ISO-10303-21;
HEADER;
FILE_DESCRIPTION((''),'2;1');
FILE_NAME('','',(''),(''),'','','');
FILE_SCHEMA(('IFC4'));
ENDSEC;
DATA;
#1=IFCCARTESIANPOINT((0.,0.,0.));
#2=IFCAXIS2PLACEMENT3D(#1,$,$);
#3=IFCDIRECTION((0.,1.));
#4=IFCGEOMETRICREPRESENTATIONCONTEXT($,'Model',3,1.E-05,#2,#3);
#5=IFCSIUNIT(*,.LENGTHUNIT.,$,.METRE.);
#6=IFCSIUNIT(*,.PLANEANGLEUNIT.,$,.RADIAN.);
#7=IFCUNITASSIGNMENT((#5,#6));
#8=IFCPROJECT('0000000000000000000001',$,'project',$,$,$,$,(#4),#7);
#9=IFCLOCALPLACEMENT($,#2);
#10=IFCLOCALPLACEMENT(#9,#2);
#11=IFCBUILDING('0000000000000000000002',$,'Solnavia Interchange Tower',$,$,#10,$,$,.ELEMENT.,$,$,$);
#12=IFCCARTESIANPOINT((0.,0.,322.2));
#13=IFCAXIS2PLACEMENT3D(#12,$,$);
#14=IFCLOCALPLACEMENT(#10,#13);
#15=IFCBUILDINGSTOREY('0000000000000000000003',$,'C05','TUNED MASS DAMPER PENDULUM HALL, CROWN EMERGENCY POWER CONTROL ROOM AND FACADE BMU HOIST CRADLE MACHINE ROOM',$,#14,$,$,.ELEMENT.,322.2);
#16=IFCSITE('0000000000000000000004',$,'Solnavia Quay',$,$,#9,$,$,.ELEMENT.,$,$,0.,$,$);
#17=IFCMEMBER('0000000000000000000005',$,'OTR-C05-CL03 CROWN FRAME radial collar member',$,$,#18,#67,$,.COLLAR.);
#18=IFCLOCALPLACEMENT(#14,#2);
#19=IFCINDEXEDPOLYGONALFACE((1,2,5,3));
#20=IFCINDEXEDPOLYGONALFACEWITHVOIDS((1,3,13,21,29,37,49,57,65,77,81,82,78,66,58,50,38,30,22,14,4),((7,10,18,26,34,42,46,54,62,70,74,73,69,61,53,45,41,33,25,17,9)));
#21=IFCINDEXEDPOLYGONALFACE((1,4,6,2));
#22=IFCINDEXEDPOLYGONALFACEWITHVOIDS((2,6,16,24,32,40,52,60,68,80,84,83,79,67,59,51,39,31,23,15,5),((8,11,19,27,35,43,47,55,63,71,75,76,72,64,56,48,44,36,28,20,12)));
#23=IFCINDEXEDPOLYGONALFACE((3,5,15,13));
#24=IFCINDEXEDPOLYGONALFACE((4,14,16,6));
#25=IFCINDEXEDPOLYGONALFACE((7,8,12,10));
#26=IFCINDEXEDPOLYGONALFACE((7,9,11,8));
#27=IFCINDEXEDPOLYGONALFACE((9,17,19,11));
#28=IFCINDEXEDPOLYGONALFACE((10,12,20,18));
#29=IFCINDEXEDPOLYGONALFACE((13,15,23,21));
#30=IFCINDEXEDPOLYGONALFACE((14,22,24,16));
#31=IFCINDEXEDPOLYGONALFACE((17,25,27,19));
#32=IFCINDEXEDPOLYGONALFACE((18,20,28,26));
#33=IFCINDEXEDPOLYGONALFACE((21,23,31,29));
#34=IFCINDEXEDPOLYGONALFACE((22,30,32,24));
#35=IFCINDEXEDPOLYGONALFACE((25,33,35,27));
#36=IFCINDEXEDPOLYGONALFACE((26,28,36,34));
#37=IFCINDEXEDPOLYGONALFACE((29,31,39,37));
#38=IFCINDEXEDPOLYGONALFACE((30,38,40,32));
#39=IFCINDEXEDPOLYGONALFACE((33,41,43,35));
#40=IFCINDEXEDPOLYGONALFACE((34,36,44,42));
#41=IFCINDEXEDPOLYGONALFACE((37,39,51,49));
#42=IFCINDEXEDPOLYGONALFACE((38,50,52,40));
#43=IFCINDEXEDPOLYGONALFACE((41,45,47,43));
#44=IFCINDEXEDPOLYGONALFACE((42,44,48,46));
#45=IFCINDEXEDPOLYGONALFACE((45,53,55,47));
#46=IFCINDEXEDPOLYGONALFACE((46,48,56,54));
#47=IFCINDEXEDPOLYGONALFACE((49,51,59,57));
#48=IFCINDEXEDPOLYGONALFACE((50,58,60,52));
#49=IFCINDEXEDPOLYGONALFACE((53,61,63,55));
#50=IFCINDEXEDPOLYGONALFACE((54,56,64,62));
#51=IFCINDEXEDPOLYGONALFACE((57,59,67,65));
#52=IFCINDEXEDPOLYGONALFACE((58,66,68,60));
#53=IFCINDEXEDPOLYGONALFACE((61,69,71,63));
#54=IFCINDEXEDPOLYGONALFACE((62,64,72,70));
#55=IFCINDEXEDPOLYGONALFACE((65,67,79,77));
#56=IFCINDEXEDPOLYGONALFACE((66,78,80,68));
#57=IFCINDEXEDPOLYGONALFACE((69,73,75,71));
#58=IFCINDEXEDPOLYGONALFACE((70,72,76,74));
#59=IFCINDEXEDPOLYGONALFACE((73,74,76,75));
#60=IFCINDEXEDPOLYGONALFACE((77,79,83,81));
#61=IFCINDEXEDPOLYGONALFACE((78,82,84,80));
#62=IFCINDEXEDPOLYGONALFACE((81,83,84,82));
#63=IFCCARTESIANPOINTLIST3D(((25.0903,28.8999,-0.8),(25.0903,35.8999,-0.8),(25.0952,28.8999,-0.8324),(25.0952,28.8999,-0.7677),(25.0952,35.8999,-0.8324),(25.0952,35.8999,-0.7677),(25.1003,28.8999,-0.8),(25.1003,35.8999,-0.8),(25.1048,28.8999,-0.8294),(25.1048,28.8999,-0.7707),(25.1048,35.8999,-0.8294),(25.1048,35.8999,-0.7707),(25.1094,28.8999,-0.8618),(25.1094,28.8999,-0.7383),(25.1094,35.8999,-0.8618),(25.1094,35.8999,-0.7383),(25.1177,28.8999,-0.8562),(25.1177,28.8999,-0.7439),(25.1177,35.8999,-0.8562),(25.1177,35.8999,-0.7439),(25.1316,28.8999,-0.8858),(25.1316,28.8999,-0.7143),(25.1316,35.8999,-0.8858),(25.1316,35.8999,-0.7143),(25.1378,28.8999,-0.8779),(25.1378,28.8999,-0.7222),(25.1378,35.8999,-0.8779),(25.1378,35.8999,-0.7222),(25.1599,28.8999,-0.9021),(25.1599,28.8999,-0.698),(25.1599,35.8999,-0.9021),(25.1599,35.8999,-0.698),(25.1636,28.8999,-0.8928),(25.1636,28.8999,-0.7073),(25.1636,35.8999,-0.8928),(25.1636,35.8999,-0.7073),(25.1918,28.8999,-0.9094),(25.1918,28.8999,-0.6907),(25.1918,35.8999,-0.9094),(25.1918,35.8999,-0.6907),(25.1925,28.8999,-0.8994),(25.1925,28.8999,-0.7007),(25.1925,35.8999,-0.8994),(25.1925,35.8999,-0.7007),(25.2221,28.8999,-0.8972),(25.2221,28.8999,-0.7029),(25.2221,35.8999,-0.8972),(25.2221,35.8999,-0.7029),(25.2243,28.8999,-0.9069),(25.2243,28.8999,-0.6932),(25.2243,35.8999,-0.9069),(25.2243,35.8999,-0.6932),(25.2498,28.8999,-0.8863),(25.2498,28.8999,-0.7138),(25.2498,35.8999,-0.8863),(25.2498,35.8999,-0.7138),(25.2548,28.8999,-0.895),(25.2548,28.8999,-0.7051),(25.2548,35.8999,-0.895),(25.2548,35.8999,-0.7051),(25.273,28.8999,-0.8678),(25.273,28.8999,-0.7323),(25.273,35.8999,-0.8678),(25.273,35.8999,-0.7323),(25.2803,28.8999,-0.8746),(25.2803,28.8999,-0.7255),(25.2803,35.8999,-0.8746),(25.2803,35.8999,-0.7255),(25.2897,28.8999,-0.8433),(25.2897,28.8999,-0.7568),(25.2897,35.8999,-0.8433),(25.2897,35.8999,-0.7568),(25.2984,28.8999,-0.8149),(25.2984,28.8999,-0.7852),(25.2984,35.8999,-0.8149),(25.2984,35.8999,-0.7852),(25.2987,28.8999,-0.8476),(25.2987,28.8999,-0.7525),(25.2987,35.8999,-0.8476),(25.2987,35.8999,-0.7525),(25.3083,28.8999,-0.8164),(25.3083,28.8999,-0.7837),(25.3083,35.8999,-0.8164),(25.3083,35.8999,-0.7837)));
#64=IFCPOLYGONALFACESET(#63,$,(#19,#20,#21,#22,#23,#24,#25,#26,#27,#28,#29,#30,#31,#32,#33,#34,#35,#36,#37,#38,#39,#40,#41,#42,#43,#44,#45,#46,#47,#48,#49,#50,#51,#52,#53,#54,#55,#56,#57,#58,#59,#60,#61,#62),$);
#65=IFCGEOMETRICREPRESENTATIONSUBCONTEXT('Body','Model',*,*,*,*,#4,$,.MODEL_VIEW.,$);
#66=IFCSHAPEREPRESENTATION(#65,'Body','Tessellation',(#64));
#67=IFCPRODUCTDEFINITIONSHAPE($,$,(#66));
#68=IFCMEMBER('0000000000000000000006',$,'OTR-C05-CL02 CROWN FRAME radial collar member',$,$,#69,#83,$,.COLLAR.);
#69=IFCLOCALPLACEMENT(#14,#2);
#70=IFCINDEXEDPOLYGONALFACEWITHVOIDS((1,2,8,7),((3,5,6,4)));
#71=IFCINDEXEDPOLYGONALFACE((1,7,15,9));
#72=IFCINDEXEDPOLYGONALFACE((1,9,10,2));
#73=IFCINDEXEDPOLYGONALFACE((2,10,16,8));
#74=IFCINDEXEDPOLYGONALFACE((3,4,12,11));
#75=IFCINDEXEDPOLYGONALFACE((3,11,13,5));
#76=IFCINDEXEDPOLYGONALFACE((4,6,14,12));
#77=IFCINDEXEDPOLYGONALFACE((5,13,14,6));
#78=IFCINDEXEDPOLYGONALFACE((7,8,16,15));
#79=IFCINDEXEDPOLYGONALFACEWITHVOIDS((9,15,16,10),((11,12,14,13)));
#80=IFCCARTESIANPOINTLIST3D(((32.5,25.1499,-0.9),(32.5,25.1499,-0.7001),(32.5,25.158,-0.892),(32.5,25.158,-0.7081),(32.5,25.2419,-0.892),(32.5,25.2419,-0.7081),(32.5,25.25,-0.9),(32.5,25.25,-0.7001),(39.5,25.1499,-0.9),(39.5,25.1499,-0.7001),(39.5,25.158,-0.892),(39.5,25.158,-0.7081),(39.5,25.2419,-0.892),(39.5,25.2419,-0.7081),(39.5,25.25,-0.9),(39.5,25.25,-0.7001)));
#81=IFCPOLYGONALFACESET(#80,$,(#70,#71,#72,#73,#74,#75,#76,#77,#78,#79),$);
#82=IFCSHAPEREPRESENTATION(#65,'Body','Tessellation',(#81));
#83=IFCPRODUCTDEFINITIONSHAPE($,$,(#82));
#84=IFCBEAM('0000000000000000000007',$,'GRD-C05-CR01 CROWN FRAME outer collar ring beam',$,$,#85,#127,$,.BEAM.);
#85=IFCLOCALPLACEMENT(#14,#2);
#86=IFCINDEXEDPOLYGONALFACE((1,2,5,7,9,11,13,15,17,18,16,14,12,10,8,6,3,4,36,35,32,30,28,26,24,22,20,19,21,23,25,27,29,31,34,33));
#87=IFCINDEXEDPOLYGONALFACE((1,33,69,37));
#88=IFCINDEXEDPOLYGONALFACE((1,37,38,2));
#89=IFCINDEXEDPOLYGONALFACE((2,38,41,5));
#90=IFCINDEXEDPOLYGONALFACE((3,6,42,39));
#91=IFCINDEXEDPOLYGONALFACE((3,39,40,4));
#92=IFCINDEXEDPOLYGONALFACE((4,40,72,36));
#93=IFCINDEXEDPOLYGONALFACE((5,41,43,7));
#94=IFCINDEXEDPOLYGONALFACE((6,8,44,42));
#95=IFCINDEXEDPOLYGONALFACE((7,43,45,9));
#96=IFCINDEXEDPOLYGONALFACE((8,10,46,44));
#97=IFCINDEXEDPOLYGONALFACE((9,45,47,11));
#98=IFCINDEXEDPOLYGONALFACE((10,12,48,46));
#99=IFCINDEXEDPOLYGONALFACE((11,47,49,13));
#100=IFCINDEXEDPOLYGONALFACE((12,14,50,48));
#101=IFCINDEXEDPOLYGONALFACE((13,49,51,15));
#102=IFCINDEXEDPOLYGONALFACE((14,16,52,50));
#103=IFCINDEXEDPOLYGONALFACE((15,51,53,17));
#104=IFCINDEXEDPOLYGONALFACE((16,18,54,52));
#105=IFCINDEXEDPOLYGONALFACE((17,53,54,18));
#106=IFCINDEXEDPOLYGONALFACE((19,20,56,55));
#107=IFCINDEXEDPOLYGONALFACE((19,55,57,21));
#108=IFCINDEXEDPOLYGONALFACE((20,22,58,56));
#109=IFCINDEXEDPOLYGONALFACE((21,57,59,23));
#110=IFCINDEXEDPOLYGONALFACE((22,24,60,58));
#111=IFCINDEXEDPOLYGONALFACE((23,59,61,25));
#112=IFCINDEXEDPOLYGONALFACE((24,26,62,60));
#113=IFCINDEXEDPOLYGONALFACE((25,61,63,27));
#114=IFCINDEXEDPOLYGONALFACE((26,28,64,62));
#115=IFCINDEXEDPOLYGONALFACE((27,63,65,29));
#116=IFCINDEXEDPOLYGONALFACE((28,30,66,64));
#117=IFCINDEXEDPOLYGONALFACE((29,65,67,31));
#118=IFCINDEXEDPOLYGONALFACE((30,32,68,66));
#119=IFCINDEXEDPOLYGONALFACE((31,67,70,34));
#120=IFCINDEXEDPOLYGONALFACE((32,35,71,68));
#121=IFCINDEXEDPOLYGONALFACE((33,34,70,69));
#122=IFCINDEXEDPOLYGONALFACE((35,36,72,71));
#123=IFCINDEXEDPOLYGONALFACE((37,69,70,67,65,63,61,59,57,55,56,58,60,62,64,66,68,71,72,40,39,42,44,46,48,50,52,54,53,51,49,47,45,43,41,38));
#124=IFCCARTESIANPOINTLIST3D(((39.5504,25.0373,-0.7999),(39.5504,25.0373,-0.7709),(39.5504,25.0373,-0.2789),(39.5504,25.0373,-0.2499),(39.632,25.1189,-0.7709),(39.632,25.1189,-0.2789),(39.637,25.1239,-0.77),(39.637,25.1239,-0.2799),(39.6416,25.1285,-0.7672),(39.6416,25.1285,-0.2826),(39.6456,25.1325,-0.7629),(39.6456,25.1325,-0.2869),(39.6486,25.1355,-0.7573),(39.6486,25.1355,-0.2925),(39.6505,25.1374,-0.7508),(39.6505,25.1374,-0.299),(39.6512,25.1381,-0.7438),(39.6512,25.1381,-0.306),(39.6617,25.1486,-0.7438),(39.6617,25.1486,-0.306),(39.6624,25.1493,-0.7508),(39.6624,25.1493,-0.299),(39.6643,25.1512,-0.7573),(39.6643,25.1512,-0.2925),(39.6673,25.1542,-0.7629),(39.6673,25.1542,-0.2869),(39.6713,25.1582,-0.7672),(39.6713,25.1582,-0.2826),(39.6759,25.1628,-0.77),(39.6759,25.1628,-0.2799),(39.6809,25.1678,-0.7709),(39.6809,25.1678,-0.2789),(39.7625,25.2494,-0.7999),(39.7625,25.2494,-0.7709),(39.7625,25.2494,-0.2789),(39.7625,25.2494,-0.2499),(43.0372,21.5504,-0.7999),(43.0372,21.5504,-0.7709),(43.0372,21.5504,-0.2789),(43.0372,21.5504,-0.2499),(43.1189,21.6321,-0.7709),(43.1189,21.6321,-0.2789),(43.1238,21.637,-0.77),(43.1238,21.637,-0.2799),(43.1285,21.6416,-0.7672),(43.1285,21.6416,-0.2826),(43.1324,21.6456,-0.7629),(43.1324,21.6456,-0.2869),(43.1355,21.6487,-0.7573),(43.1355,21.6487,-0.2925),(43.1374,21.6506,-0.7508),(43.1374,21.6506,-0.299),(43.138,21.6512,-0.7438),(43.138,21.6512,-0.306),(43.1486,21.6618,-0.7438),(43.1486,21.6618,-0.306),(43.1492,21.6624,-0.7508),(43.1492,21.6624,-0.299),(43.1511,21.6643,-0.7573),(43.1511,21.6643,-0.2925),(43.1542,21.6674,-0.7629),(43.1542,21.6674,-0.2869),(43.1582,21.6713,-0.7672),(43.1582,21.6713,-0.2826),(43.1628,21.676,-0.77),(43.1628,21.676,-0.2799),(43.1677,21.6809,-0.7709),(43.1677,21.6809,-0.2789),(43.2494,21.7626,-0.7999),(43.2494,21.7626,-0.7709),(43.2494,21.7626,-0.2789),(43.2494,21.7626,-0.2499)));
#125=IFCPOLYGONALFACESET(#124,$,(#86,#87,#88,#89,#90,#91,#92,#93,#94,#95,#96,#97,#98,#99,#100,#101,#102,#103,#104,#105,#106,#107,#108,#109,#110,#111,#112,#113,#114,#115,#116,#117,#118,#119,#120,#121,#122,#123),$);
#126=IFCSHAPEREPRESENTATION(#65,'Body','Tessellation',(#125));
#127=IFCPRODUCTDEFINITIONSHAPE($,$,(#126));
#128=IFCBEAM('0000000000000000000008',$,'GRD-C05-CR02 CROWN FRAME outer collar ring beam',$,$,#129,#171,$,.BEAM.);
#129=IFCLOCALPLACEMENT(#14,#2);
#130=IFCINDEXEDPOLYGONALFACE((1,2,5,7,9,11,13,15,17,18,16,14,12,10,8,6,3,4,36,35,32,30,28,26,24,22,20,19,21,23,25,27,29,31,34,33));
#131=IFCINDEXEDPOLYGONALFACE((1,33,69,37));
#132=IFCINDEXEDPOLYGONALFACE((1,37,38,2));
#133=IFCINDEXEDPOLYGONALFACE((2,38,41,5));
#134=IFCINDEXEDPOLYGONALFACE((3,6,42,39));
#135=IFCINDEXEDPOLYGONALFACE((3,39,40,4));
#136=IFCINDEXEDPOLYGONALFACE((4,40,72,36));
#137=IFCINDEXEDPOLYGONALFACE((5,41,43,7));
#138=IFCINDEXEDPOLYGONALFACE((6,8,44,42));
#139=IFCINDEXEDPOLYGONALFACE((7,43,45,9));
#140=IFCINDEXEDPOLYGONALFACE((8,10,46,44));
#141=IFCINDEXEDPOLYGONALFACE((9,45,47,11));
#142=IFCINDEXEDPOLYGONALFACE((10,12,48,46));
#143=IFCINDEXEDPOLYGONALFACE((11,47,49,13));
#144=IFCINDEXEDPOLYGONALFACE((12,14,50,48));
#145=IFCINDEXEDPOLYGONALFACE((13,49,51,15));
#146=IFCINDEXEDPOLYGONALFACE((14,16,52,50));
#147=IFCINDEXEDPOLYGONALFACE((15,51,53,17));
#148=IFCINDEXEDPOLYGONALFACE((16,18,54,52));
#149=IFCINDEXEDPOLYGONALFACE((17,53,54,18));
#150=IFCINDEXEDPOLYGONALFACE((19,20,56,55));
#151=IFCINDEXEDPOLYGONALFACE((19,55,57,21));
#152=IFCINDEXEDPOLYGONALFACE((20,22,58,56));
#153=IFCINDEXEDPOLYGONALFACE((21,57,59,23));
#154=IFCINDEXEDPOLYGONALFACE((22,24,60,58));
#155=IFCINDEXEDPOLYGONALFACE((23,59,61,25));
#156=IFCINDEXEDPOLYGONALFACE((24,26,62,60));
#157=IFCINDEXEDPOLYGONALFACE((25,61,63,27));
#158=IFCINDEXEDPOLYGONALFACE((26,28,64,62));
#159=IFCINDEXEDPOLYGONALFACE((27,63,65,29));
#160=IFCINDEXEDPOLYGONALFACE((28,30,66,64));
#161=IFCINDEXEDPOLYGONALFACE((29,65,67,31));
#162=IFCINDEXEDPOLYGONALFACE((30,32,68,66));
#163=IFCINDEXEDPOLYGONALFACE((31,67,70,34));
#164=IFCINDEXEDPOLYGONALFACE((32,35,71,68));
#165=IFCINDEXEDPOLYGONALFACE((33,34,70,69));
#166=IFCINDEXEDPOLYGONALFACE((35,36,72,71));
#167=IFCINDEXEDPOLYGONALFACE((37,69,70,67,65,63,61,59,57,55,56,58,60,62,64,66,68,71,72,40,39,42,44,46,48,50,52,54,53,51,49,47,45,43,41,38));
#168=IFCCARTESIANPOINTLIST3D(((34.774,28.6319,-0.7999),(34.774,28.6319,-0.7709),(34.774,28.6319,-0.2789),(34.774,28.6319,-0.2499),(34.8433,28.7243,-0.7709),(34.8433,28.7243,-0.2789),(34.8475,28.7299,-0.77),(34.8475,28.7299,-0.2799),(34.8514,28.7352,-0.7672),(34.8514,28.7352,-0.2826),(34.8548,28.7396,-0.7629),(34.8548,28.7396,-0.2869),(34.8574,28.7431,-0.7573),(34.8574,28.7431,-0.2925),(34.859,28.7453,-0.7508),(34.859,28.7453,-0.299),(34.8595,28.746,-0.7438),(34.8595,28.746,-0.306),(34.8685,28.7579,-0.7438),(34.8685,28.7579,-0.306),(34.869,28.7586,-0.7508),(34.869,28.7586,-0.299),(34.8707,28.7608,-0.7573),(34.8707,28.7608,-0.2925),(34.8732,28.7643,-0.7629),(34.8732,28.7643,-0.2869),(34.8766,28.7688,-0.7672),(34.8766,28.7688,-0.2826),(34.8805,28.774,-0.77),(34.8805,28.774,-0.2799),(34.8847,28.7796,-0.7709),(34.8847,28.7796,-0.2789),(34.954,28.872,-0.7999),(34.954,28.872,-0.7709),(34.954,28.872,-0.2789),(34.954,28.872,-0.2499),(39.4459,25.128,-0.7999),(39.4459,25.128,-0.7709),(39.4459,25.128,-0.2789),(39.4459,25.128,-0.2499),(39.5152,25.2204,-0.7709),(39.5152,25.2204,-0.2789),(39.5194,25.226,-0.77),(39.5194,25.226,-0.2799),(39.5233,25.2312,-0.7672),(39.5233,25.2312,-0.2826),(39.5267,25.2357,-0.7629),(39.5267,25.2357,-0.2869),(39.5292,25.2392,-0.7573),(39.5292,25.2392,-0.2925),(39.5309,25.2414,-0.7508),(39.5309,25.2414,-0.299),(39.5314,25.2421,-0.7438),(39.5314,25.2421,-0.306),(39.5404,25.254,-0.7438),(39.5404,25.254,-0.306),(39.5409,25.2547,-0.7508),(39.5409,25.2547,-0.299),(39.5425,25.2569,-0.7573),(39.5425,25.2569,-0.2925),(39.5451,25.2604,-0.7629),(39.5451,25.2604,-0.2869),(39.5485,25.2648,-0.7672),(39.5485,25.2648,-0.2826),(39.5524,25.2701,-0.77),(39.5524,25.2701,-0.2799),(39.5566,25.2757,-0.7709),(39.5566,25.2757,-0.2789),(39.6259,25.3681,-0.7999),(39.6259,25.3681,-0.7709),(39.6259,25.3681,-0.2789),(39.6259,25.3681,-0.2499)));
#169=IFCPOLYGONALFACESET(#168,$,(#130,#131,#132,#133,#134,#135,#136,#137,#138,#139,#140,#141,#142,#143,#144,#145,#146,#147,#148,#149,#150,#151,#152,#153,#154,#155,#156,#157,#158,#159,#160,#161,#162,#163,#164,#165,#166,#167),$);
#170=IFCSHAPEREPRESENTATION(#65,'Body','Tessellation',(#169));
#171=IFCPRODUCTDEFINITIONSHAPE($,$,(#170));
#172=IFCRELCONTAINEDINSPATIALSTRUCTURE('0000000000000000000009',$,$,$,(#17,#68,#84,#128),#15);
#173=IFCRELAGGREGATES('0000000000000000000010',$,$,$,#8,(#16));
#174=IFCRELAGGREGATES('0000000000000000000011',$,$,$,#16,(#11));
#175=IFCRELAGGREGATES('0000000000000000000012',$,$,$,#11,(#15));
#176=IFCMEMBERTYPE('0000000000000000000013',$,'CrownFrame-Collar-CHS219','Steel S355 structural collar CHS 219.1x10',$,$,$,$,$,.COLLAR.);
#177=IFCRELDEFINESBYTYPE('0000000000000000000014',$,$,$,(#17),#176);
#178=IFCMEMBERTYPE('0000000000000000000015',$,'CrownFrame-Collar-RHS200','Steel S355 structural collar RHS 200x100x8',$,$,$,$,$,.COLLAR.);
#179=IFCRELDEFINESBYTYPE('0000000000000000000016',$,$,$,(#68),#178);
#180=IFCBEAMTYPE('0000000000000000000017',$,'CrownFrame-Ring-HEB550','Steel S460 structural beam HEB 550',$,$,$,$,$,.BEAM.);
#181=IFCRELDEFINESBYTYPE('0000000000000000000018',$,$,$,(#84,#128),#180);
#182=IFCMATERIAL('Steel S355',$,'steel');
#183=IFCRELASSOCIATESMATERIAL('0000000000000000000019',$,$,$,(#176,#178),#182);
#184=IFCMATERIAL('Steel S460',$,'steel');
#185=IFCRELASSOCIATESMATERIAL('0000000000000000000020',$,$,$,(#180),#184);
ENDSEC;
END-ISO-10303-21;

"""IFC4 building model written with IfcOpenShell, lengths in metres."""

from ifc_helpers import new_model, si_unit, direction, frame, origin, origin_2d, place, context, subcontext, project, spatial, hollow_rectangle, hollow_circle, i_section, extrude, material, material_profile, profile_set, type_object, element, save


model = new_model("IFC4")

# Units and contexts
model_context = context("Model", 3, precision=1e-05, world=origin(), true_north=direction((0.0, 1.0)))
body_context = subcontext(model_context, "Body", "Model", "MODEL_VIEW")
ifc_project = project(units=[si_unit("LENGTHUNIT", "METRE"), si_unit("PLANEANGLEUNIT", "RADIAN")], contexts=[model_context])

# Site, building, storey
site_placement = place(None, origin())
site = spatial("IfcSite", under=ifc_project, at=site_placement, Name="Solnavia Quay", CompositionType="ELEMENT", RefElevation=0.0)
building_placement = place(site_placement, origin())
building = spatial("IfcBuilding", under=site, at=building_placement, Name="Solnavia Interchange Tower", CompositionType="ELEMENT")
storey_placement = place(building_placement, frame((0.0, 0.0, 322.2)))
storey = spatial("IfcBuildingStorey", under=building, at=storey_placement, Name="C05", Description="TUNED MASS DAMPER PENDULUM HALL, CROWN EMERGENCY POWER CONTROL ROOM AND FACADE BMU HOIST CRADLE MACHINE ROOM", CompositionType="ELEMENT", Elevation=322.2)

# Shared definitions
ifc_material_1 = material(Name="Steel S460", Category="steel")

# Members
ifc_material_2 = material(Name="Steel S355", Category="steel")
ifc_material_profile_1 = material_profile(ifc_material_2, hollow_circle(Radius=0.1096, WallThickness=0.01, at=origin_2d()), Name="CHS 219.1x10")
ifc_profile_set_1 = profile_set([ifc_material_profile_1], Name="Steel S355")
member_type_1 = type_object("IfcMemberType", Name="CrownFrame-Collar-CHS219", Description="Steel S355 structural collar CHS 219.1x10", PredefinedType="COLLAR", material=ifc_profile_set_1)
member_1_placement = place(storey_placement, frame((25.2, 28.8999, -0.8), z_axis=(0.0, 1.0, 0.0), x_axis=(-1.0, 0.0, 0.0)))
element("IfcMember", 1, at=member_1_placement, inside=storey, type_object=member_type_1, Name="OTR-C05-CL03 CROWN FRAME radial collar member", PredefinedType="COLLAR", context=body_context, shape_type="SweptSolid", body=[
    extrude(hollow_circle(Radius=0.1096, WallThickness=0.01, at=origin_2d()), origin(), (0.0, 0.0, 1.0), 7.0),
])
ifc_material_profile_2 = material_profile(ifc_material_2, hollow_rectangle(XDim=0.1001, YDim=0.2, WallThickness=0.0081, at=origin_2d()), Name="RHS 200x100x8")
ifc_profile_set_2 = profile_set([ifc_material_profile_2], Name="Steel S355")
member_type_2 = type_object("IfcMemberType", Name="CrownFrame-Collar-RHS200", Description="Steel S355 structural collar RHS 200x100x8", PredefinedType="COLLAR", material=ifc_profile_set_2)
member_2_placement = place(storey_placement, frame((32.5, 25.2, -0.8), z_axis=(1.0, 0.0, 0.0), x_axis=(0.0, 1.0, 0.0)))
element("IfcMember", 2, at=member_2_placement, inside=storey, type_object=member_type_2, Name="OTR-C05-CL02 CROWN FRAME radial collar member", PredefinedType="COLLAR", context=body_context, shape_type="SweptSolid", body=[
    extrude(hollow_rectangle(XDim=0.1001, YDim=0.2, WallThickness=0.0081, at=origin_2d()), origin(), (0.0, 0.0, 1.0), 7.0),
])

# Beams
ifc_material_profile_3 = material_profile(ifc_material_1, i_section(OverallWidth=0.3, OverallDepth=0.55, WebThickness=0.0149, FlangeThickness=0.0291, FilletRadius=0.0271, at=origin_2d()), Name="HEB 550")
ifc_profile_set_3 = profile_set([ifc_material_profile_3], Name="Steel S460")
beam_type_1 = type_object("IfcBeamType", Name="CrownFrame-Ring-HEB550", Description="Steel S460 structural beam HEB 550", PredefinedType="BEAM", material=ifc_profile_set_3)
beam_1_placement = place(storey_placement, frame((43.1433, 21.6565, -0.5249), z_axis=(-0.707107, 0.707107, 0.0), x_axis=(-0.707107, -0.707107, 0.0)))
element("IfcBeam", 3, at=beam_1_placement, inside=storey, type_object=beam_type_1, Name="GRD-C05-CR01 CROWN FRAME outer collar ring beam", PredefinedType="BEAM", context=body_context, shape_type="SweptSolid", body=[
    extrude(i_section(OverallWidth=0.3, OverallDepth=0.55, WebThickness=0.0149, FlangeThickness=0.0291, FilletRadius=0.0271, at=origin_2d()), origin(), (0.0, 0.0, 1.0), 4.9312),
])
beam_2_placement = place(storey_placement, frame((39.5359, 25.248, -0.5249), z_axis=(-0.8, 0.6, 0.0), x_axis=(-0.6, -0.8, 0.0)))
element("IfcBeam", 4, at=beam_2_placement, inside=storey, type_object=beam_type_1, Name="GRD-C05-CR02 CROWN FRAME outer collar ring beam", PredefinedType="BEAM", context=body_context, shape_type="SweptSolid", body=[
    extrude(i_section(OverallWidth=0.3, OverallDepth=0.55, WebThickness=0.0149, FlangeThickness=0.0291, FilletRadius=0.0271, at=origin_2d()), origin(), (0.0, 0.0, 1.0), 5.8398),
])

save(model, "model.ifc")
